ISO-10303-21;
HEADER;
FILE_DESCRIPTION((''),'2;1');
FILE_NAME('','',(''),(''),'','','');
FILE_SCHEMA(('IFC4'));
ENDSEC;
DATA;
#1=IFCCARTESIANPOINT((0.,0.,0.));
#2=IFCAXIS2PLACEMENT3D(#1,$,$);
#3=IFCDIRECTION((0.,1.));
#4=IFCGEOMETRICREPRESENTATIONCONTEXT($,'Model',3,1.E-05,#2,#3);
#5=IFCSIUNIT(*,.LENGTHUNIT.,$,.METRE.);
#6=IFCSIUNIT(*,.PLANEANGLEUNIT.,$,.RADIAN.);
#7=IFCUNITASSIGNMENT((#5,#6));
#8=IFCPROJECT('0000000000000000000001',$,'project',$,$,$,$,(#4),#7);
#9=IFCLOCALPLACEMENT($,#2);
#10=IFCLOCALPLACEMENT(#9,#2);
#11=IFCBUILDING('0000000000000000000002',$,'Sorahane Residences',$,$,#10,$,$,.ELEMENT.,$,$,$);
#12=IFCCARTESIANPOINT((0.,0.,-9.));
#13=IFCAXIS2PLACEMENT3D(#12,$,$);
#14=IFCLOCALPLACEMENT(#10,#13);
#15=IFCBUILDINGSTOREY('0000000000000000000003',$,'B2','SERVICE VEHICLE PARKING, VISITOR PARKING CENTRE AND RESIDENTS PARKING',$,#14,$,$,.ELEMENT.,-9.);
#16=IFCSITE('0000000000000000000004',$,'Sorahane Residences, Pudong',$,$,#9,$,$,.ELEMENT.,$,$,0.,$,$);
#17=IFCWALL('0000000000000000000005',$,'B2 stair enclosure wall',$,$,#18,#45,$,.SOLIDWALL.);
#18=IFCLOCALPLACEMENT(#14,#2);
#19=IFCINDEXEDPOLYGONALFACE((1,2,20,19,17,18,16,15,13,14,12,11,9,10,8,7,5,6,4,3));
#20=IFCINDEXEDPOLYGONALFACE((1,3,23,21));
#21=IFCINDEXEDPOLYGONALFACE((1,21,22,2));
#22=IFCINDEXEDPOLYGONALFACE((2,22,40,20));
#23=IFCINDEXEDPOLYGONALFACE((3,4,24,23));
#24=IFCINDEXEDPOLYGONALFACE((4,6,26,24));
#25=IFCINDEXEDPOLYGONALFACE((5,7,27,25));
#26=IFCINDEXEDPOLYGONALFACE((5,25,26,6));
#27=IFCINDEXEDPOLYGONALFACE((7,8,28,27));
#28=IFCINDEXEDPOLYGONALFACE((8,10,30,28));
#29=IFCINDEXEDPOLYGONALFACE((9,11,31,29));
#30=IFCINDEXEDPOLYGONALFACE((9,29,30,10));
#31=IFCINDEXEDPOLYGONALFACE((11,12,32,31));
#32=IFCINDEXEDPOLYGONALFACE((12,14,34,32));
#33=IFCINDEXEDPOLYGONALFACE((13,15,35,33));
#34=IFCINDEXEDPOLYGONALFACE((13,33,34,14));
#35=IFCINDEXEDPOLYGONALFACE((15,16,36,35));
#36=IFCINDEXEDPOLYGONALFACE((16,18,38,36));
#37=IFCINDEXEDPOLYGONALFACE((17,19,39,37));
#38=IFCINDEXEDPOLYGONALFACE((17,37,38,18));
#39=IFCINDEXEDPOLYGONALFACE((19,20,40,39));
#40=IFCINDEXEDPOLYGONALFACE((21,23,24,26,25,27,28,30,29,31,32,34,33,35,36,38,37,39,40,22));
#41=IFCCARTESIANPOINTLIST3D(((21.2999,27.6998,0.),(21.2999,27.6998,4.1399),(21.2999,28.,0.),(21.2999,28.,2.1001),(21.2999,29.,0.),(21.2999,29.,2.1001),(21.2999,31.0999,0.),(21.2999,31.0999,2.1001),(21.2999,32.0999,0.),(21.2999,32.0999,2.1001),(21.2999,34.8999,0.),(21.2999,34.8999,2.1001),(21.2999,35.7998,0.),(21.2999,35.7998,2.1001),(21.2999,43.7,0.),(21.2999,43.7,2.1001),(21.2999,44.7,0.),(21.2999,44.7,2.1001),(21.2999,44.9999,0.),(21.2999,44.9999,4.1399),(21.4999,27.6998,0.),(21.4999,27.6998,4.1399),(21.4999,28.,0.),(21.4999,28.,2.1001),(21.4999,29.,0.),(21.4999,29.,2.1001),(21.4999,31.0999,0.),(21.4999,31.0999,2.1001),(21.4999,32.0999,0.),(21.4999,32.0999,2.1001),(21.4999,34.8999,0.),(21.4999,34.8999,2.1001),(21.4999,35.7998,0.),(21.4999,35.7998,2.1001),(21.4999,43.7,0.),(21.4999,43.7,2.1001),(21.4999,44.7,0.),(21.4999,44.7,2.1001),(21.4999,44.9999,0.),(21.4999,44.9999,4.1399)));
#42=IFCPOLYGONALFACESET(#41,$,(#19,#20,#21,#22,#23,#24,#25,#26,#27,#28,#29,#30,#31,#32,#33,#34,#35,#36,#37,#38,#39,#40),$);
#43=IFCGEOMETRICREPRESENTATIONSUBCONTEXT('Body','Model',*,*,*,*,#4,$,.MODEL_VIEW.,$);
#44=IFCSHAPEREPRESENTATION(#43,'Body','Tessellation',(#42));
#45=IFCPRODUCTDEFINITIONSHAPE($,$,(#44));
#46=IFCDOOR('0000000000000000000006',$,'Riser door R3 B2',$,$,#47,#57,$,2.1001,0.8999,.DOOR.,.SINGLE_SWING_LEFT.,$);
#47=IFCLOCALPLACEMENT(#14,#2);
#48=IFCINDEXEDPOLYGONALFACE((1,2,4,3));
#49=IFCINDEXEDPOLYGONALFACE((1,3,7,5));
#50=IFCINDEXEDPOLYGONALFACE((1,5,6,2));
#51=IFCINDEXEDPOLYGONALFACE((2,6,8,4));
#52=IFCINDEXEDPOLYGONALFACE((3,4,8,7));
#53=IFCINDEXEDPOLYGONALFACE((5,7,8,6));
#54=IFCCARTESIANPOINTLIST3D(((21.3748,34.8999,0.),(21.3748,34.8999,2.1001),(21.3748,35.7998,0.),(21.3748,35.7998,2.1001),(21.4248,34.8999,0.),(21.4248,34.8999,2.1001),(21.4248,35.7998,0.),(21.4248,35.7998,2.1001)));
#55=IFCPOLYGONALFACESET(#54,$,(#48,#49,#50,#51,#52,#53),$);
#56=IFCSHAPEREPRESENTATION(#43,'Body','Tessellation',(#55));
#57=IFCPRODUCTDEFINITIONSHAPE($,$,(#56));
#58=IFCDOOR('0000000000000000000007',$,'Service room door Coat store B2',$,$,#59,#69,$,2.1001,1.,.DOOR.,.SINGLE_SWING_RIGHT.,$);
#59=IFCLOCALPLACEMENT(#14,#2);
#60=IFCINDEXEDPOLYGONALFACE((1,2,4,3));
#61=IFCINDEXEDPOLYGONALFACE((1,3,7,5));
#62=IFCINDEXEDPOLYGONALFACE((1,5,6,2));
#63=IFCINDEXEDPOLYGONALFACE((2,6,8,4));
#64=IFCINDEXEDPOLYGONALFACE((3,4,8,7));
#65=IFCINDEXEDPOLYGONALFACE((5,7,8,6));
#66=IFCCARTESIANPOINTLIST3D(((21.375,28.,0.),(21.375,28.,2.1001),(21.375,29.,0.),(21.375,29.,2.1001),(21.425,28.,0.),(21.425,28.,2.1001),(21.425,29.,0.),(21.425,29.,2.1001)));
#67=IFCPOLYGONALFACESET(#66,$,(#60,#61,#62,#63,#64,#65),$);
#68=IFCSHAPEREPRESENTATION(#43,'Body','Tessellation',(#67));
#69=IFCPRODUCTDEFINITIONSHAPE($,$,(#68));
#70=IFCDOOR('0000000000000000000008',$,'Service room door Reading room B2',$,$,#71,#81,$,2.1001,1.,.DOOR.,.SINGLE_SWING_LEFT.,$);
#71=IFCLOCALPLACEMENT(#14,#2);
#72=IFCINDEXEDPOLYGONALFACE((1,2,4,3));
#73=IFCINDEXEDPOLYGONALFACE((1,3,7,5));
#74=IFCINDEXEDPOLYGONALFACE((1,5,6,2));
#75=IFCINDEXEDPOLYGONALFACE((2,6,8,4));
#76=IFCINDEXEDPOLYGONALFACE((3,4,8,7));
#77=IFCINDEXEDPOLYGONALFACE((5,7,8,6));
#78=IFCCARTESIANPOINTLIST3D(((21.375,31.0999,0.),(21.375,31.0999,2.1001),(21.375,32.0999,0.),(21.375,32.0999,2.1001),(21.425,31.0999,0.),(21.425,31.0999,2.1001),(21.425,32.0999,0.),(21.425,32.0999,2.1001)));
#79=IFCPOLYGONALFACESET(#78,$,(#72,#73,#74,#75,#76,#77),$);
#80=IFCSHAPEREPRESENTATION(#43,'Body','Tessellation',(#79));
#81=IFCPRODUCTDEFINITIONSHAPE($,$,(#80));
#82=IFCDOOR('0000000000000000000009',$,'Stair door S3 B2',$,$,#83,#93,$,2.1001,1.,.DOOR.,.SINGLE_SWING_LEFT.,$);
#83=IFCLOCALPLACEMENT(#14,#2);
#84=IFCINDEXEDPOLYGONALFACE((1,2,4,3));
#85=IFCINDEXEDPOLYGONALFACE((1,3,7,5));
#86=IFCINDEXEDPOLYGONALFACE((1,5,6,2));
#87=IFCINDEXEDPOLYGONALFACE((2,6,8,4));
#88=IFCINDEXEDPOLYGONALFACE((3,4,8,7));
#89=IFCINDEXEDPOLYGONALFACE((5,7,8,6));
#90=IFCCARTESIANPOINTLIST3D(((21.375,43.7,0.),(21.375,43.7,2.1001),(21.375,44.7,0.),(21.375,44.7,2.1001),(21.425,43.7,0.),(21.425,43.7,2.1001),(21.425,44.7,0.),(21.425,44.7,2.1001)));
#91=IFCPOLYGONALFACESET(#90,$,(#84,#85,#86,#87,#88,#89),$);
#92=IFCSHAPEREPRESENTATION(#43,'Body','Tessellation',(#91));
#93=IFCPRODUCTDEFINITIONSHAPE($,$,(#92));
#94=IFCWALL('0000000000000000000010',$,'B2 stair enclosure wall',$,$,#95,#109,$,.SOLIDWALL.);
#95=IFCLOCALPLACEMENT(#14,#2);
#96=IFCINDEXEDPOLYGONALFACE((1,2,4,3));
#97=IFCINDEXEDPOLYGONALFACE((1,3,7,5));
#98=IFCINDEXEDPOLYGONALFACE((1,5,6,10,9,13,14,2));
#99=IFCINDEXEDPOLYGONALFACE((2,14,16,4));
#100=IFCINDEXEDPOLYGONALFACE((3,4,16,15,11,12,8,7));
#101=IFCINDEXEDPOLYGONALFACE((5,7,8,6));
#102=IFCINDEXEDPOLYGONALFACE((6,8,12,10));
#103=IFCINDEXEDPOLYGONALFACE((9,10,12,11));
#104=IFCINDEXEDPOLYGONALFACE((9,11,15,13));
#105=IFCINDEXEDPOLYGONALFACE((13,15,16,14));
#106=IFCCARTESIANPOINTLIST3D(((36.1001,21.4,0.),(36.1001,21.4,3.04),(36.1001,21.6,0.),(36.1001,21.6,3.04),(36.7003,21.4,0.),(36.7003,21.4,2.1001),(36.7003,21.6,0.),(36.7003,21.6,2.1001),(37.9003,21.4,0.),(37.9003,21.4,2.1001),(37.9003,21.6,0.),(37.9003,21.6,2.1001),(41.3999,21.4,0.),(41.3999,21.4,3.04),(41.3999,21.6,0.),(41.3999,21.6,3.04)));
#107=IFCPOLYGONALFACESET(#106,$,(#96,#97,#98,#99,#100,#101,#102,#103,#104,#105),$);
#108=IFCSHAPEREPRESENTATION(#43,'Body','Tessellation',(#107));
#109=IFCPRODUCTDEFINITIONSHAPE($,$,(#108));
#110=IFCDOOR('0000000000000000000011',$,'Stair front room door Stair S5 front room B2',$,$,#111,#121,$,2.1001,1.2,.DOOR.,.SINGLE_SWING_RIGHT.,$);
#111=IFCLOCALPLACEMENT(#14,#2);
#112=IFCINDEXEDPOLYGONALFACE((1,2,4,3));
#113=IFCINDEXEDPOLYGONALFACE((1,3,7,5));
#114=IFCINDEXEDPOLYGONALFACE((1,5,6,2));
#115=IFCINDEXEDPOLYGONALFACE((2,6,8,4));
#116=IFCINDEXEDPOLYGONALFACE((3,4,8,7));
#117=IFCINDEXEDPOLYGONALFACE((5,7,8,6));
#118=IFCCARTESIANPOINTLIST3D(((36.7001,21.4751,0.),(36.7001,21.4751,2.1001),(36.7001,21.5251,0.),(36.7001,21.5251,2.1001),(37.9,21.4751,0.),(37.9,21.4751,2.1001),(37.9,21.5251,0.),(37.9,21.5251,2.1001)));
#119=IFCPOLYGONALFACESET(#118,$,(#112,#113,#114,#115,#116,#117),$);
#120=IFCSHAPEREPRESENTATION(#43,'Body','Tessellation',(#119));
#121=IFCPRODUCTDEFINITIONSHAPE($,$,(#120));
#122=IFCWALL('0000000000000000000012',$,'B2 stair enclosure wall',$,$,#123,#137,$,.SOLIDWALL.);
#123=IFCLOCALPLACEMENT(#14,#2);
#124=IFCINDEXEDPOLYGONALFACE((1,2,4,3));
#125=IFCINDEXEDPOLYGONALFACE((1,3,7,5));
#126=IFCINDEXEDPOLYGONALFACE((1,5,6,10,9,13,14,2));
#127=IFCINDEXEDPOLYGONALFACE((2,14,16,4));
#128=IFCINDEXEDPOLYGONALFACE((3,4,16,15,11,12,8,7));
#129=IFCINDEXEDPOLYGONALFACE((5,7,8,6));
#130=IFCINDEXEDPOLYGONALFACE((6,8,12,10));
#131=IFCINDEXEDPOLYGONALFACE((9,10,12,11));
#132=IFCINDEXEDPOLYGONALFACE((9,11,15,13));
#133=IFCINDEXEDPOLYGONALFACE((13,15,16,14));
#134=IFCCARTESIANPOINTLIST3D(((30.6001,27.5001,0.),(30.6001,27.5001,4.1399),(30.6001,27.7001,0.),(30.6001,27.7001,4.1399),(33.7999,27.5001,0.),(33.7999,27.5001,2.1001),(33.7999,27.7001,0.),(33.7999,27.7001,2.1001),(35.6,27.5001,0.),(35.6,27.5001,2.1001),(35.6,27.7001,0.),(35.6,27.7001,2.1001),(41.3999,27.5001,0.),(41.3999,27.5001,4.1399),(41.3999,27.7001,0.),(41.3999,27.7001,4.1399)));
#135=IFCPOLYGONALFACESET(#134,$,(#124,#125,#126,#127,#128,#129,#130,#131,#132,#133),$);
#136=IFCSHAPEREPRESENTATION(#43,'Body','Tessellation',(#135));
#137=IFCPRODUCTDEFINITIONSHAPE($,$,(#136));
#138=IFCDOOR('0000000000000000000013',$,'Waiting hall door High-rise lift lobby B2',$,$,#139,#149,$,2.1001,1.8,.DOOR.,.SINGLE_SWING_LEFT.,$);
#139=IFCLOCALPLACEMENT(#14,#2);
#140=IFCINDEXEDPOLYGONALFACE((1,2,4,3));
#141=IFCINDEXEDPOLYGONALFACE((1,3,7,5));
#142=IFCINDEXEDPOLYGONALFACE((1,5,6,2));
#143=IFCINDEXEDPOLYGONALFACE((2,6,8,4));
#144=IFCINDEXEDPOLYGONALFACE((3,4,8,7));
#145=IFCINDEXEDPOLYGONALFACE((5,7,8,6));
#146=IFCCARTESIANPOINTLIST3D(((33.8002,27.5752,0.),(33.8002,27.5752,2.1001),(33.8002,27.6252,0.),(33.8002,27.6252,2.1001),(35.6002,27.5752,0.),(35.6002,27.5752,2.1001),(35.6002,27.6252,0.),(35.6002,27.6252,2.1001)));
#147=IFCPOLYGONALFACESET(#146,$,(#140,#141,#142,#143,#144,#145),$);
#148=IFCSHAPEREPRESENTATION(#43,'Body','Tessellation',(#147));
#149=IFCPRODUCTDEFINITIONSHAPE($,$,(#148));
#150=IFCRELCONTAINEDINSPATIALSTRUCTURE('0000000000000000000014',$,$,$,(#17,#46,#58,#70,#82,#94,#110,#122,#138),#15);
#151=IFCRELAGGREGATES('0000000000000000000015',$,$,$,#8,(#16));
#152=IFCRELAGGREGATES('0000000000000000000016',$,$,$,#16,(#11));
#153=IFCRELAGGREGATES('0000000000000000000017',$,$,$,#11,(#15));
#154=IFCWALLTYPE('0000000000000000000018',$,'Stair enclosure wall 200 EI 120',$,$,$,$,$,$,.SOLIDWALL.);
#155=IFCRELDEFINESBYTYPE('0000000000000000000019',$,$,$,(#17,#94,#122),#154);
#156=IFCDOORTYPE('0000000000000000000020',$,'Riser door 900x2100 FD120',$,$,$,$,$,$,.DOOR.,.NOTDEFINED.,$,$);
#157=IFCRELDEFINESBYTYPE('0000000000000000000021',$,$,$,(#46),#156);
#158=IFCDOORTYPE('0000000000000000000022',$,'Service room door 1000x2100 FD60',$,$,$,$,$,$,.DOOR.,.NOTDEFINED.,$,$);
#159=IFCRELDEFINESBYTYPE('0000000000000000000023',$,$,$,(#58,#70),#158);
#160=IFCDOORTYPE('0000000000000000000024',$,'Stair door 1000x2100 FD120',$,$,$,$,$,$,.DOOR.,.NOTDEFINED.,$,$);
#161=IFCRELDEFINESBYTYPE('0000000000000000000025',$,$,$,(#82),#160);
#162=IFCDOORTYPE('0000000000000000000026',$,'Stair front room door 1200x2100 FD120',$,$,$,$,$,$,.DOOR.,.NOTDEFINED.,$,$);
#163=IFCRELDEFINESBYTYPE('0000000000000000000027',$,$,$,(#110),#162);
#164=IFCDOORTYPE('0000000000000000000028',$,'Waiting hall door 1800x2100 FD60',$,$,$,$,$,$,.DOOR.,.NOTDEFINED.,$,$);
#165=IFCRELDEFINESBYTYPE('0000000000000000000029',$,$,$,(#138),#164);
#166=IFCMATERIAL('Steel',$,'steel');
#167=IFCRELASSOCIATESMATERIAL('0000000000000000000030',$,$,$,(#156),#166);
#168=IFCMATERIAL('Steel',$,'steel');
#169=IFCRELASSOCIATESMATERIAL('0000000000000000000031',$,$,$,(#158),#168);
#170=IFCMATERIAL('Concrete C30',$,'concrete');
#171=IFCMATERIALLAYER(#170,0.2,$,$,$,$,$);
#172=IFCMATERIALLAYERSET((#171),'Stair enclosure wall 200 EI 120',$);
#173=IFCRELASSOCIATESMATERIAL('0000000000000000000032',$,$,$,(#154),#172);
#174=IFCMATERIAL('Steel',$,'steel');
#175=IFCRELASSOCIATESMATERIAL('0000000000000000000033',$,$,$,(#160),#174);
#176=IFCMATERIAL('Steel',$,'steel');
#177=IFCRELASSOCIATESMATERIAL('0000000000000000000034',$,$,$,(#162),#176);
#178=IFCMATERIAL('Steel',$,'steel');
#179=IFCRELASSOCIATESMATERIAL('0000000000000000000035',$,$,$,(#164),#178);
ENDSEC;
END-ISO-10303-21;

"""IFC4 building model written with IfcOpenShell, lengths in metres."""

from ifc_helpers import new_model, si_unit, direction, frame, frame_2d, origin, place, context, subcontext, project, spatial, rectangle, extrude, material, layer, layer_set, type_object, element, fill, save


model = new_model("IFC4")

# Units and contexts
model_context = context("Model", 3, precision=1e-05, world=origin(), true_north=direction((0.0, 1.0)))
body_context = subcontext(model_context, "Body", "Model", "MODEL_VIEW")
ifc_project = project(units=[si_unit("LENGTHUNIT", "METRE"), si_unit("PLANEANGLEUNIT", "RADIAN")], contexts=[model_context])

# Site, building, storey
site_placement = place(None, origin())
site = spatial("IfcSite", under=ifc_project, at=site_placement, Name="Sorahane Residences, Pudong", CompositionType="ELEMENT", RefElevation=0.0)
building_placement = place(site_placement, origin())
building = spatial("IfcBuilding", under=site, at=building_placement, Name="Sorahane Residences", CompositionType="ELEMENT")
storey_placement = place(building_placement, frame((0.0, 0.0, -9.0)))
storey = spatial("IfcBuildingStorey", under=building, at=storey_placement, Name="B2", Description="SERVICE VEHICLE PARKING, VISITOR PARKING CENTRE AND RESIDENTS PARKING", CompositionType="ELEMENT", Elevation=-9.0)

# Wall, openings, doors
ifc_material_1 = material(Name="Steel", Category="steel")
door_type_1 = type_object("IfcDoorType", Name="Riser door 900x2100 FD120", OperationType="NOTDEFINED", PredefinedType="DOOR", material=ifc_material_1)
ifc_material_2 = material(Name="Steel", Category="steel")
door_type_2 = type_object("IfcDoorType", Name="Service room door 1000x2100 FD60", OperationType="NOTDEFINED", PredefinedType="DOOR", material=ifc_material_2)
ifc_material_3 = material(Name="Concrete C30", Category="concrete")
ifc_layer_1 = layer(ifc_material_3, 0.2)
ifc_layer_set_1 = layer_set([ifc_layer_1], Name="Stair enclosure wall 200 EI 120")
wall_type_1 = type_object("IfcWallType", Name="Stair enclosure wall 200 EI 120", PredefinedType="SOLIDWALL", material=ifc_layer_set_1)
wall_1_placement = place(storey_placement, frame((21.3999, 27.7, 0.0), z_axis=(0.0, 0.0, 1.0), x_axis=(0.0, 1.0, 0.0)))
wall_1 = element("IfcWall", 1, at=wall_1_placement, inside=storey, type_object=wall_type_1, Name="B2 stair enclosure wall", PredefinedType="SOLIDWALL", context=body_context, shape_type="SweptSolid", body=[
    extrude(rectangle(XDim=17.3, YDim=0.2, at=frame_2d((8.6499, 0.0))), origin(), (0.0, 0.0, 1.0), 4.1399),
])
opening_1_placement = place(wall_1_placement, frame((0.3, 0.0, 0.0)))
opening_1 = element("IfcOpeningElement", 2, at=opening_1_placement, cuts=wall_1, PredefinedType="OPENING", context=body_context, shape_type="SweptSolid", body=[
    extrude(rectangle(XDim=1.0, YDim=2.1001, at=frame_2d((0.5, 1.05))), frame((0.0, 0.1099, 0.0), z_axis=(0.0, -1.0, 0.0), x_axis=(1.0, 0.0, 0.0)), (0.0, 0.0, 1.0), 0.22),
])
opening_2_placement = place(wall_1_placement, frame((3.3999, 0.0, 0.0)))
opening_2 = element("IfcOpeningElement", 3, at=opening_2_placement, cuts=wall_1, PredefinedType="OPENING", context=body_context, shape_type="SweptSolid", body=[
    extrude(rectangle(XDim=1.0, YDim=2.1001, at=frame_2d((0.5, 1.05))), frame((0.0, 0.1099, 0.0), z_axis=(0.0, -1.0, 0.0), x_axis=(1.0, 0.0, 0.0)), (0.0, 0.0, 1.0), 0.22),
])
opening_3_placement = place(wall_1_placement, frame((16.0, 0.0, 0.0)))
opening_3 = element("IfcOpeningElement", 4, at=opening_3_placement, cuts=wall_1, PredefinedType="OPENING", context=body_context, shape_type="SweptSolid", body=[
    extrude(rectangle(XDim=1.0, YDim=2.1001, at=frame_2d((0.5, 1.05))), frame((0.0, 0.1099, 0.0), z_axis=(0.0, -1.0, 0.0), x_axis=(1.0, 0.0, 0.0)), (0.0, 0.0, 1.0), 0.22),
])
opening_4_placement = place(wall_1_placement, frame((7.2, 0.0, 0.0)))
opening_4 = element("IfcOpeningElement", 5, at=opening_4_placement, cuts=wall_1, PredefinedType="OPENING", context=body_context, shape_type="SweptSolid", body=[
    extrude(rectangle(XDim=0.8999, YDim=2.1001, at=frame_2d((0.45, 1.05))), frame((0.0, 0.1099, 0.0), z_axis=(0.0, -1.0, 0.0), x_axis=(1.0, 0.0, 0.0)), (0.0, 0.0, 1.0), 0.22),
])
door_1_placement = place(opening_4_placement, frame((0.8999, 0.0, 0.0), z_axis=(0.0, 0.0, 1.0), x_axis=(-1.0, 0.0, 0.0)))
door_1 = element("IfcDoor", 6, at=door_1_placement, inside=storey, type_object=door_type_1, Name="Riser door R3 B2", OperationType="SINGLE_SWING_LEFT", OverallHeight=2.1001, OverallWidth=0.8999, PredefinedType="DOOR", context=body_context, shape_type="SweptSolid", body=[
    extrude(rectangle(XDim=0.8999, YDim=2.1001, at=frame_2d((0.45, 1.05))), frame((0.0, 0.0249, 0.0), z_axis=(0.0, -1.0, 0.0), x_axis=(1.0, 0.0, 0.0)), (0.0, 0.0, 1.0), 0.05),
])
fill(opening_4, door_1)
door_2_placement = place(opening_1_placement, origin())
door_2 = element("IfcDoor", 7, at=door_2_placement, inside=storey, type_object=door_type_2, Name="Service room door Coat store B2", OperationType="SINGLE_SWING_RIGHT", OverallHeight=2.1001, OverallWidth=1.0, PredefinedType="DOOR", context=body_context, shape_type="SweptSolid", body=[
    extrude(rectangle(XDim=1.0, YDim=2.1001, at=frame_2d((0.5, 1.05))), frame((0.0, 0.0249, 0.0), z_axis=(0.0, -1.0, 0.0), x_axis=(1.0, 0.0, 0.0)), (0.0, 0.0, 1.0), 0.05),
])
fill(opening_1, door_2)
door_3_placement = place(opening_2_placement, origin())
door_3 = element("IfcDoor", 8, at=door_3_placement, inside=storey, type_object=door_type_2, Name="Service room door Reading room B2", OperationType="SINGLE_SWING_LEFT", OverallHeight=2.1001, OverallWidth=1.0, PredefinedType="DOOR", context=body_context, shape_type="SweptSolid", body=[
    extrude(rectangle(XDim=1.0, YDim=2.1001, at=frame_2d((0.5, 1.05))), frame((0.0, 0.0249, 0.0), z_axis=(0.0, -1.0, 0.0), x_axis=(1.0, 0.0, 0.0)), (0.0, 0.0, 1.0), 0.05),
])
fill(opening_2, door_3)
ifc_material_4 = material(Name="Steel", Category="steel")
door_type_3 = type_object("IfcDoorType", Name="Stair door 1000x2100 FD120", OperationType="NOTDEFINED", PredefinedType="DOOR", material=ifc_material_4)
door_4_placement = place(opening_3_placement, origin())
door_4 = element("IfcDoor", 9, at=door_4_placement, inside=storey, type_object=door_type_3, Name="Stair door S3 B2", OperationType="SINGLE_SWING_LEFT", OverallHeight=2.1001, OverallWidth=1.0, PredefinedType="DOOR", context=body_context, shape_type="SweptSolid", body=[
    extrude(rectangle(XDim=1.0, YDim=2.1001, at=frame_2d((0.5, 1.05))), frame((0.0, 0.0249, 0.0), z_axis=(0.0, -1.0, 0.0), x_axis=(1.0, 0.0, 0.0)), (0.0, 0.0, 1.0), 0.05),
])
fill(opening_3, door_4)

# Walls, openings, doors
wall_2_placement = place(storey_placement, frame((36.1001, 21.5, 0.0), z_axis=(0.0, 0.0, 1.0), x_axis=(1.0, 0.0, 0.0)))
wall_2 = element("IfcWall", 10, at=wall_2_placement, inside=storey, type_object=wall_type_1, Name="B2 stair enclosure wall", PredefinedType="SOLIDWALL", context=body_context, shape_type="SweptSolid", body=[
    extrude(rectangle(XDim=5.2998, YDim=0.2, at=frame_2d((2.6499, 0.0))), origin(), (0.0, 0.0, 1.0), 3.04),
])
opening_5_placement = place(wall_2_placement, frame((0.6001, 0.0, 0.0)))
opening_5 = element("IfcOpeningElement", 11, at=opening_5_placement, cuts=wall_2, PredefinedType="OPENING", context=body_context, shape_type="SweptSolid", body=[
    extrude(rectangle(XDim=1.2, YDim=2.1001, at=frame_2d((0.6001, 1.05))), frame((0.0, 0.1099, 0.0), z_axis=(0.0, -1.0, 0.0), x_axis=(1.0, 0.0, 0.0)), (0.0, 0.0, 1.0), 0.22),
])
ifc_material_5 = material(Name="Steel", Category="steel")
door_type_4 = type_object("IfcDoorType", Name="Stair front room door 1200x2100 FD120", OperationType="NOTDEFINED", PredefinedType="DOOR", material=ifc_material_5)
door_5_placement = place(opening_5_placement, frame((1.2, 0.0, 0.0), z_axis=(0.0, 0.0, 1.0), x_axis=(-1.0, 0.0, 0.0)))
door_5 = element("IfcDoor", 12, at=door_5_placement, inside=storey, type_object=door_type_4, Name="Stair front room door Stair S5 front room B2", OperationType="SINGLE_SWING_RIGHT", OverallHeight=2.1001, OverallWidth=1.2, PredefinedType="DOOR", context=body_context, shape_type="SweptSolid", body=[
    extrude(rectangle(XDim=1.2, YDim=2.1001, at=frame_2d((0.6001, 1.05))), frame((0.0, 0.0249, 0.0), z_axis=(0.0, -1.0, 0.0), x_axis=(1.0, 0.0, 0.0)), (0.0, 0.0, 1.0), 0.05),
])
fill(opening_5, door_5)
wall_3_placement = place(storey_placement, frame((30.6001, 27.6001, 0.0), z_axis=(0.0, 0.0, 1.0), x_axis=(1.0, 0.0, 0.0)))
wall_3 = element("IfcWall", 13, at=wall_3_placement, inside=storey, type_object=wall_type_1, Name="B2 stair enclosure wall", PredefinedType="SOLIDWALL", context=body_context, shape_type="SweptSolid", body=[
    extrude(rectangle(XDim=10.7998, YDim=0.2, at=frame_2d((5.3999, 0.0))), origin(), (0.0, 0.0, 1.0), 4.1399),
])
opening_6_placement = place(wall_3_placement, frame((3.2, 0.0, 0.0)))
opening_6 = element("IfcOpeningElement", 14, at=opening_6_placement, cuts=wall_3, PredefinedType="OPENING", context=body_context, shape_type="SweptSolid", body=[
    extrude(rectangle(XDim=1.8, YDim=2.1001, at=frame_2d((0.8999, 1.05))), frame((0.0, 0.1099, 0.0), z_axis=(0.0, -1.0, 0.0), x_axis=(1.0, 0.0, 0.0)), (0.0, 0.0, 1.0), 0.22),
])
ifc_material_6 = material(Name="Steel", Category="steel")
door_type_5 = type_object("IfcDoorType", Name="Waiting hall door 1800x2100 FD60", OperationType="NOTDEFINED", PredefinedType="DOOR", material=ifc_material_6)
door_6_placement = place(opening_6_placement, frame((1.8, 0.0, 0.0), z_axis=(0.0, 0.0, 1.0), x_axis=(-1.0, 0.0, 0.0)))
door_6 = element("IfcDoor", 15, at=door_6_placement, inside=storey, type_object=door_type_5, Name="Waiting hall door High-rise lift lobby B2", OperationType="SINGLE_SWING_LEFT", OverallHeight=2.1001, OverallWidth=1.8, PredefinedType="DOOR", context=body_context, shape_type="SweptSolid", body=[
    extrude(rectangle(XDim=1.8, YDim=2.1001, at=frame_2d((0.8999, 1.05))), frame((0.0, 0.0249, 0.0), z_axis=(0.0, -1.0, 0.0), x_axis=(1.0, 0.0, 0.0)), (0.0, 0.0, 1.0), 0.05),
])
fill(opening_6, door_6)

save(model, "model.ifc")
